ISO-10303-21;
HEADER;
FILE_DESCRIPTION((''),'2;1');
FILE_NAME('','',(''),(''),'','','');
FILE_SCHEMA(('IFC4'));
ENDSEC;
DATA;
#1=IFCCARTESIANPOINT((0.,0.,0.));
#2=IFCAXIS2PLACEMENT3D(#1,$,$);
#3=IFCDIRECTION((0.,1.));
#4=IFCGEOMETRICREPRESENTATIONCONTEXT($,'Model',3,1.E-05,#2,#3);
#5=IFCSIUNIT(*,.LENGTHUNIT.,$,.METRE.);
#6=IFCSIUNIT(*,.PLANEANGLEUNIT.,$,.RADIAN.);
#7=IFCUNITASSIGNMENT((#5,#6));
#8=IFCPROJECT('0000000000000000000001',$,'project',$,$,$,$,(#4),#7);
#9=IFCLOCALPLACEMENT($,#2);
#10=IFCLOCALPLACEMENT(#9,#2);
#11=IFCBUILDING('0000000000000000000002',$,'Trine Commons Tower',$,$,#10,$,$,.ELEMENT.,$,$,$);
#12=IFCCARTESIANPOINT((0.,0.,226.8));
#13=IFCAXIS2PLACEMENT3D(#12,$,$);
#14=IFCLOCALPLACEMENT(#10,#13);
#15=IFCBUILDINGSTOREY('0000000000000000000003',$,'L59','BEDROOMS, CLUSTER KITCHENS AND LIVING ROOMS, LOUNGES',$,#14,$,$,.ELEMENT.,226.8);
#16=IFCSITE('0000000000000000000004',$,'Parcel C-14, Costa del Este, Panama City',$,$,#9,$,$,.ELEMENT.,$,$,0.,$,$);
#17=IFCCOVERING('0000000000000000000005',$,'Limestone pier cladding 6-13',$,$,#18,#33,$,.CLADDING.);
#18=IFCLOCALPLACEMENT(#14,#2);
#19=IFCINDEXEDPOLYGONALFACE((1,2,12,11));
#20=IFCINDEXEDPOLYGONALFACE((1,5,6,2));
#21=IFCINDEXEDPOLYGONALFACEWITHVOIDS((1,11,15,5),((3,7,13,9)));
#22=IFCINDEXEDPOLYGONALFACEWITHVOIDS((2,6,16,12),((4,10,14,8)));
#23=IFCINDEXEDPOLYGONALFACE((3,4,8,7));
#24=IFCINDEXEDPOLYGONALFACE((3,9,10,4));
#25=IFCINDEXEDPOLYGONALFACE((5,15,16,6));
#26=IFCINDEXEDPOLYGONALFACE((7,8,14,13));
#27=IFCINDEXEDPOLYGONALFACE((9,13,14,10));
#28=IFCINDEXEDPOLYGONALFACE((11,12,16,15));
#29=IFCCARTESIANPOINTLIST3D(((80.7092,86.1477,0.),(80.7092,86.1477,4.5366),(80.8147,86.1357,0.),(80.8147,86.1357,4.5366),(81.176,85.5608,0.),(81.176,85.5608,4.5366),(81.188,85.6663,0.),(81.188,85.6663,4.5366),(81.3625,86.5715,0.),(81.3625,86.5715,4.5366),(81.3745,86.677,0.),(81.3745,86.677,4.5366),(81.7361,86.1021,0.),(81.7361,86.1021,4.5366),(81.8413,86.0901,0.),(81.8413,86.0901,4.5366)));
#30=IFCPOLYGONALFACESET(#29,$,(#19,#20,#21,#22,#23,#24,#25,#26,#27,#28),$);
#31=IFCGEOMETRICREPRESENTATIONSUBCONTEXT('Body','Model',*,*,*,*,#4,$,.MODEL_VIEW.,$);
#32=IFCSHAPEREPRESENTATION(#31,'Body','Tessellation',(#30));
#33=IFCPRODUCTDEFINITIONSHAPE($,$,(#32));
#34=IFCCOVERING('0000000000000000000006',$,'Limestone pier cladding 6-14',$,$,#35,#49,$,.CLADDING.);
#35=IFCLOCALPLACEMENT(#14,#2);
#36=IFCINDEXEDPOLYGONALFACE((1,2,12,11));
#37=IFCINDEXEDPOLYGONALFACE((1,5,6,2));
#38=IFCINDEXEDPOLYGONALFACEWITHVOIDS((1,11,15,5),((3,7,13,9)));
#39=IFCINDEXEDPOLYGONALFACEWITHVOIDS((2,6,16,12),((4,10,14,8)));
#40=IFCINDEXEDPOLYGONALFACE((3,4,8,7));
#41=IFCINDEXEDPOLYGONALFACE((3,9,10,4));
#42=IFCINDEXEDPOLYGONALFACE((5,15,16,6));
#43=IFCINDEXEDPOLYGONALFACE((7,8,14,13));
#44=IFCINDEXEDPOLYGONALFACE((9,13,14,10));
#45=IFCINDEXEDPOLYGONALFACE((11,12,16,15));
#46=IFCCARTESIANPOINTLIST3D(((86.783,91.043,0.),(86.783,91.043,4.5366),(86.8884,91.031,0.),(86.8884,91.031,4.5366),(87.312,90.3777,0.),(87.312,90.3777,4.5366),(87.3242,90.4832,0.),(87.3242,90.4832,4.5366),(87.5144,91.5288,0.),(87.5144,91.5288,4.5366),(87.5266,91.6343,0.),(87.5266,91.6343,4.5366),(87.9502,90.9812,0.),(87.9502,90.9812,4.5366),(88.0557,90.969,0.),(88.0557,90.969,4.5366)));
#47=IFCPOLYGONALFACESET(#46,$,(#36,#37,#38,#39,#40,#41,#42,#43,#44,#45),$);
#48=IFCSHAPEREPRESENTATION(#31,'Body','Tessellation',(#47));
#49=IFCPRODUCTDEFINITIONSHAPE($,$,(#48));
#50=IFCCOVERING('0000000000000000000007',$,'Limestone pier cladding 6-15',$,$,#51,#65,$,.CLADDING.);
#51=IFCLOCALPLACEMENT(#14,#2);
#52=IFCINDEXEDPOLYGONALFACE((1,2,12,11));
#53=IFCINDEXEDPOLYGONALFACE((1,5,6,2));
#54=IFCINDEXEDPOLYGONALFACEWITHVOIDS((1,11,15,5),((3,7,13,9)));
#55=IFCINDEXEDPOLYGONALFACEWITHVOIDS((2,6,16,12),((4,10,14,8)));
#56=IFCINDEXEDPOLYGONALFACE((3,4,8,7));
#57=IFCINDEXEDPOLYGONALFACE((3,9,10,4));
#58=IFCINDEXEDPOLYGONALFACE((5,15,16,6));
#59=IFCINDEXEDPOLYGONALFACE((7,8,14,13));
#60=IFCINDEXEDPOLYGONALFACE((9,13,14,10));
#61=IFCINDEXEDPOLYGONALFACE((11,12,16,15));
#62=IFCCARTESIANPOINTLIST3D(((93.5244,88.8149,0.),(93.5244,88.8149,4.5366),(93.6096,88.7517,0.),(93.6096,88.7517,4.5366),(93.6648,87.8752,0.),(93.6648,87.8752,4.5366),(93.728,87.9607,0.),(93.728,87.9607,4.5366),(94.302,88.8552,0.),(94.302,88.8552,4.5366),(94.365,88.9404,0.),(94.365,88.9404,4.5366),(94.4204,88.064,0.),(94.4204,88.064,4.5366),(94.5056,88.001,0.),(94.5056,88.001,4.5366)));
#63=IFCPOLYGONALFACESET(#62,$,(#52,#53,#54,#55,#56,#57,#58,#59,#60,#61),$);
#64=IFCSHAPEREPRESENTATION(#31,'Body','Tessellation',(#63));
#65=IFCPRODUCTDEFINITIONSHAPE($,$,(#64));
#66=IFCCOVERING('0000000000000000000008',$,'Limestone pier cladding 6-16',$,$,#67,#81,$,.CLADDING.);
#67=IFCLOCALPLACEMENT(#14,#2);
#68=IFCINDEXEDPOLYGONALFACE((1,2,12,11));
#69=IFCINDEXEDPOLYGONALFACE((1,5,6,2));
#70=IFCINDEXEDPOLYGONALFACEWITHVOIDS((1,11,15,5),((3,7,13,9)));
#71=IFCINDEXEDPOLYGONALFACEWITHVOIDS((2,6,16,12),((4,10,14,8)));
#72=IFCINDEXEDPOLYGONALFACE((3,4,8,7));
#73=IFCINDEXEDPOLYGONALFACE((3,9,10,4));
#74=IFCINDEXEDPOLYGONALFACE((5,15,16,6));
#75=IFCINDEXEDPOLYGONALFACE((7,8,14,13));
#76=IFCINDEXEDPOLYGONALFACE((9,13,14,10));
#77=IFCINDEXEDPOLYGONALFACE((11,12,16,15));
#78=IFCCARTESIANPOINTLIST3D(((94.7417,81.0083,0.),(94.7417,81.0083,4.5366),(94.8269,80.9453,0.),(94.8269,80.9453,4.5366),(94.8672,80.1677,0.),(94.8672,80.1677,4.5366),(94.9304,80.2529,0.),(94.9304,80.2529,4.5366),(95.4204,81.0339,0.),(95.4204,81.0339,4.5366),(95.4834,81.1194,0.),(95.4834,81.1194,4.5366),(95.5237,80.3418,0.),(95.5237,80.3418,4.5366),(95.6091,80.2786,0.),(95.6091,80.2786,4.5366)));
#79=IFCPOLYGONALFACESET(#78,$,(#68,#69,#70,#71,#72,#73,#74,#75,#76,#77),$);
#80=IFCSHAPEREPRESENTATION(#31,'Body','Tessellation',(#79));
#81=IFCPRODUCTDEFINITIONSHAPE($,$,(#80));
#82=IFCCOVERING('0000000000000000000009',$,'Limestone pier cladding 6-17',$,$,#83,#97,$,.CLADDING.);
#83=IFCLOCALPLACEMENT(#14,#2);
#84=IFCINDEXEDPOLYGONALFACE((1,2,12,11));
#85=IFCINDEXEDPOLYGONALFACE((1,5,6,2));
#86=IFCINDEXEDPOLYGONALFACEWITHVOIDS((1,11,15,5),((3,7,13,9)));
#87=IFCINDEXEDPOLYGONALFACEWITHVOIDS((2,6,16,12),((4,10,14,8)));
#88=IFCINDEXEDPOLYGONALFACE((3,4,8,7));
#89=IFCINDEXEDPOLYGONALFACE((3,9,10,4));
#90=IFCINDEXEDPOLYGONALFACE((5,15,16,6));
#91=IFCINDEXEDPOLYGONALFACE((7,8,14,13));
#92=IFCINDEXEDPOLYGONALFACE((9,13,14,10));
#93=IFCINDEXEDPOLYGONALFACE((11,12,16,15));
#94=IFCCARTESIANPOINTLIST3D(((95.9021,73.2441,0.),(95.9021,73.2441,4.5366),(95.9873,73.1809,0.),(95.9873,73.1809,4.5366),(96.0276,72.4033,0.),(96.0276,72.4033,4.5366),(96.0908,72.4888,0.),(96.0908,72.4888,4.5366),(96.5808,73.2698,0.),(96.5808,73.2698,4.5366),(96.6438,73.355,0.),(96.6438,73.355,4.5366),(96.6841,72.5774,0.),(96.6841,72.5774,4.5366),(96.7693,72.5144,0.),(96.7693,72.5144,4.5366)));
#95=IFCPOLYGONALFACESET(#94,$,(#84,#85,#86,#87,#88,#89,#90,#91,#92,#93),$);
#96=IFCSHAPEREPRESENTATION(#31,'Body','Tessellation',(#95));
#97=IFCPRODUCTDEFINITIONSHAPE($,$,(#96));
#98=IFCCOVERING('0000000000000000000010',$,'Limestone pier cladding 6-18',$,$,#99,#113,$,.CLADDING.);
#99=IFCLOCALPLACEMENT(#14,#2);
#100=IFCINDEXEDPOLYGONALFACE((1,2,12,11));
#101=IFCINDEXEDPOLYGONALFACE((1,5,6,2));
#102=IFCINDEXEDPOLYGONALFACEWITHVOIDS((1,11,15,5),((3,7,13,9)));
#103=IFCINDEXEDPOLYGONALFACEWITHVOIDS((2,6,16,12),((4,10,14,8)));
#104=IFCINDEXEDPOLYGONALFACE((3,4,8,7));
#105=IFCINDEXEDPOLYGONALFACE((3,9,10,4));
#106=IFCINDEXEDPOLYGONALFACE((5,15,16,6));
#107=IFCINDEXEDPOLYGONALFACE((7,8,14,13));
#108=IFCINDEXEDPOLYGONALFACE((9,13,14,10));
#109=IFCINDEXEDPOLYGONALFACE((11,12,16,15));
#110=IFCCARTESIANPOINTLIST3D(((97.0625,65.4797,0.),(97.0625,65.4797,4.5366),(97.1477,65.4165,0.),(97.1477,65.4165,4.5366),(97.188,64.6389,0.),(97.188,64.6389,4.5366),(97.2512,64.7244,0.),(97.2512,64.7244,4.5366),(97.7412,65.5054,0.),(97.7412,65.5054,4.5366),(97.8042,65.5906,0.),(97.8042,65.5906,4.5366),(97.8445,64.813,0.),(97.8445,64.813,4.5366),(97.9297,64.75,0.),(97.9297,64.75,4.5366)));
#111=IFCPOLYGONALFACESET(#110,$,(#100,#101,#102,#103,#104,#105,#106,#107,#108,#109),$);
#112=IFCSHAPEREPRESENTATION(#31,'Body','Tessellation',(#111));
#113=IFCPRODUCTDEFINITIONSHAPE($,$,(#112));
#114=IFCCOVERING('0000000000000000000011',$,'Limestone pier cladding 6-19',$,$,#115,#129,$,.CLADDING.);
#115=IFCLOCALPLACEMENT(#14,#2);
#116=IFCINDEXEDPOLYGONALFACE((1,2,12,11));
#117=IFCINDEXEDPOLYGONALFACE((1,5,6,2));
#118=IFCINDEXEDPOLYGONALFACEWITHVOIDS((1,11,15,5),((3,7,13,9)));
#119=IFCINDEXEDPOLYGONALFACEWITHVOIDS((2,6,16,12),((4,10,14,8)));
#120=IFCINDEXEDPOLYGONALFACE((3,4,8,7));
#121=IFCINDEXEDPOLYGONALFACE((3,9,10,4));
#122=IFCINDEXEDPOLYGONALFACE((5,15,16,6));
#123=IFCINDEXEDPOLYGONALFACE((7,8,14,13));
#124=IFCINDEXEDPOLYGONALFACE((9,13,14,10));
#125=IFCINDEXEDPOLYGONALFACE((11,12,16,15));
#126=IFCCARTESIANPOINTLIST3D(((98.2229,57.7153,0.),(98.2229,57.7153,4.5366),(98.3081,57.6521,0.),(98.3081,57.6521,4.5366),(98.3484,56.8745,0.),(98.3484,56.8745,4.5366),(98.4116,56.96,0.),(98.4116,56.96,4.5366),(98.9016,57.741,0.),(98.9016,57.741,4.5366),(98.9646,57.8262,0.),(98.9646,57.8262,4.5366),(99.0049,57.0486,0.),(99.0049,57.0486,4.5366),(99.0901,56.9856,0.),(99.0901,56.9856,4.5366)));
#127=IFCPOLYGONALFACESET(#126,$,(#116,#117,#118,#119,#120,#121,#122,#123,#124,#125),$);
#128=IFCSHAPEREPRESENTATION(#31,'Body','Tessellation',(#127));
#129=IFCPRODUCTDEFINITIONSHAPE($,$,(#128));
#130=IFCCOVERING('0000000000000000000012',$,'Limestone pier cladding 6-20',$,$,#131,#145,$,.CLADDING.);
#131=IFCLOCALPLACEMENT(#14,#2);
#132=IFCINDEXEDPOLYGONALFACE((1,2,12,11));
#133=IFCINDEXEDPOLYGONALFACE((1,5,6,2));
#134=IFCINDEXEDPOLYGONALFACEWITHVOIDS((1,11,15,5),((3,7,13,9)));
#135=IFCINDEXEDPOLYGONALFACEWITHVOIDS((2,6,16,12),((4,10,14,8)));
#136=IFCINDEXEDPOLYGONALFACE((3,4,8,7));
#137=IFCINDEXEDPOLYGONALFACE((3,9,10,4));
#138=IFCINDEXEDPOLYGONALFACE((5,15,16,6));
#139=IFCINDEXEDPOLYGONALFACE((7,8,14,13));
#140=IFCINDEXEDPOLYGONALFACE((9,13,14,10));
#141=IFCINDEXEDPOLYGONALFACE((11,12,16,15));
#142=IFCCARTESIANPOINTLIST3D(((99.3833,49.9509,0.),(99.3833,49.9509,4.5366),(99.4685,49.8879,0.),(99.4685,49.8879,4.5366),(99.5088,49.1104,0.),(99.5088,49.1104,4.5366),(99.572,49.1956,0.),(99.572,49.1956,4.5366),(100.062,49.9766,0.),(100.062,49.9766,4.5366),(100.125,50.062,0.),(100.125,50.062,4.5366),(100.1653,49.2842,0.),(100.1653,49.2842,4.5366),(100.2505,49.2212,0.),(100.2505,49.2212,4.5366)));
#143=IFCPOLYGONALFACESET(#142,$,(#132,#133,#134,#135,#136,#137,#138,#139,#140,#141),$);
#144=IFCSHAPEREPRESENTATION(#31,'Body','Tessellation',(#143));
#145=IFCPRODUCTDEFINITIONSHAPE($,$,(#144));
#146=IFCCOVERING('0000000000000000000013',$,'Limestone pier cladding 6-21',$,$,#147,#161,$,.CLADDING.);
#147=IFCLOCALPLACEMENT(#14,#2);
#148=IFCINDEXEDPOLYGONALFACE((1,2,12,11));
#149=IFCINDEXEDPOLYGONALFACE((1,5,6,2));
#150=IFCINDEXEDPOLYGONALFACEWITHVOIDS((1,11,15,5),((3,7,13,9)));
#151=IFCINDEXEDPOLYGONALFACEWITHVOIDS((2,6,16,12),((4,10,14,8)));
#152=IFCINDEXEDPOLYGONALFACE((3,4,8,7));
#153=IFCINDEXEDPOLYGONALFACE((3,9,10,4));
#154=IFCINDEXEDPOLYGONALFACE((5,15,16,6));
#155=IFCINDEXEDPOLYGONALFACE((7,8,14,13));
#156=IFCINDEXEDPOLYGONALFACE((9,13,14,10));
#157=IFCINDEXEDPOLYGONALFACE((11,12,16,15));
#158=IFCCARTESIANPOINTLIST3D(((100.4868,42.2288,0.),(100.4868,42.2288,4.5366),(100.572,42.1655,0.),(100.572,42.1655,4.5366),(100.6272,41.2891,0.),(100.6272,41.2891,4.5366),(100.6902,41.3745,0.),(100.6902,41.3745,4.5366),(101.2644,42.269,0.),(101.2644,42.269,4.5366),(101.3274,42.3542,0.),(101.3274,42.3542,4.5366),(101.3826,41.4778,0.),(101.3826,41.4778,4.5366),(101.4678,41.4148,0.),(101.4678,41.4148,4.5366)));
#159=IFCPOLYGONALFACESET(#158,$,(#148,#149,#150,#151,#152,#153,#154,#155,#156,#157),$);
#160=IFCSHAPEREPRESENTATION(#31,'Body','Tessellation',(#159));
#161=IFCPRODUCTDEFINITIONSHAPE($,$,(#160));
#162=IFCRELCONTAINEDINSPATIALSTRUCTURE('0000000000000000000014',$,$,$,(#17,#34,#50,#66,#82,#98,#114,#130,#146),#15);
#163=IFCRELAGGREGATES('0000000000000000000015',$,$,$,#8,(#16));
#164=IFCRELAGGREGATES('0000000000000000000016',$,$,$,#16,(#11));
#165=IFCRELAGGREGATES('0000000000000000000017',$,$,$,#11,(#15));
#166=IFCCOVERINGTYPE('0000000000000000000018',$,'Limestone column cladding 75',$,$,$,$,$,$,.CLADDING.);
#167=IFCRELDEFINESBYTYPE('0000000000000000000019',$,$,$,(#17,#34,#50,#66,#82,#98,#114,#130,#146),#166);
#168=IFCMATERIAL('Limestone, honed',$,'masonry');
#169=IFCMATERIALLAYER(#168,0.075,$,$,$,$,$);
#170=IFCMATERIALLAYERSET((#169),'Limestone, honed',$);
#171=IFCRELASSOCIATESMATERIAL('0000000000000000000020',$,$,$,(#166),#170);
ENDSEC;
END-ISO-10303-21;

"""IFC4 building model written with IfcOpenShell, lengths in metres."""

from ifc_helpers import new_model, si_unit, direction, frame, origin, place, context, subcontext, project, spatial, polyline, outline, extrude, material, layer, layer_set, type_object, element, save


model = new_model("IFC4")

# Units and contexts
model_context = context("Model", 3, precision=1e-05, world=origin(), true_north=direction((0.0, 1.0)))
body_context = subcontext(model_context, "Body", "Model", "MODEL_VIEW")
ifc_project = project(units=[si_unit("LENGTHUNIT", "METRE"), si_unit("PLANEANGLEUNIT", "RADIAN")], contexts=[model_context])

# Site, building, storey
site_placement = place(None, origin())
site = spatial("IfcSite", under=ifc_project, at=site_placement, Name="Parcel C-14, Costa del Este, Panama City", CompositionType="ELEMENT", RefElevation=0.0)
building_placement = place(site_placement, origin())
building = spatial("IfcBuilding", under=site, at=building_placement, Name="Trine Commons Tower", CompositionType="ELEMENT")
storey_placement = place(building_placement, frame((0.0, 0.0, 226.8)))
storey = spatial("IfcBuildingStorey", under=building, at=storey_placement, Name="L59", Description="BEDROOMS, CLUSTER KITCHENS AND LIVING ROOMS, LOUNGES", CompositionType="ELEMENT", Elevation=226.8)

# Coverings
ifc_material_1 = material(Name="Limestone, honed", Category="masonry")
ifc_layer_1 = layer(ifc_material_1, 0.075)
ifc_layer_set_1 = layer_set([ifc_layer_1], Name="Limestone, honed")
covering_type_1 = type_object("IfcCoveringType", Name="Limestone column cladding 75", PredefinedType="CLADDING", material=ifc_layer_set_1)
covering_1_placement = place(storey_placement, origin())
element("IfcCovering", 1, at=covering_1_placement, inside=storey, type_object=covering_type_1, Name="Limestone pier cladding 6-13", PredefinedType="CLADDING", context=body_context, shape_type="SweptSolid", body=[
    extrude(outline(polyline([(81.8413, 86.0901), (81.3745, 86.677), (80.7092, 86.1477), (81.176, 85.5608), (81.8413, 86.0901)]), holes=[polyline([(81.7361, 86.1021), (81.3625, 86.5715), (80.8147, 86.1357), (81.188, 85.6663), (81.7361, 86.1021)])]), origin(), (0.0, 0.0, 1.0), 4.5366),
])
covering_2_placement = place(storey_placement, origin())
element("IfcCovering", 2, at=covering_2_placement, inside=storey, type_object=covering_type_1, Name="Limestone pier cladding 6-14", PredefinedType="CLADDING", context=body_context, shape_type="SweptSolid", body=[
    extrude(outline(polyline([(88.0557, 90.969), (87.5266, 91.6343), (86.783, 91.043), (87.312, 90.3777), (88.0557, 90.969)]), holes=[polyline([(87.9502, 90.9812), (87.5144, 91.5288), (86.8884, 91.031), (87.3242, 90.4832), (87.9502, 90.9812)])]), origin(), (0.0, 0.0, 1.0), 4.5366),
])
covering_3_placement = place(storey_placement, origin())
element("IfcCovering", 3, at=covering_3_placement, inside=storey, type_object=covering_type_1, Name="Limestone pier cladding 6-15", PredefinedType="CLADDING", context=body_context, shape_type="SweptSolid", body=[
    extrude(outline(polyline([(94.365, 88.9404), (93.5244, 88.8149), (93.6648, 87.8752), (94.5056, 88.001), (94.365, 88.9404)]), holes=[polyline([(94.302, 88.8552), (93.6096, 88.7517), (93.728, 87.9607), (94.4204, 88.064), (94.302, 88.8552)])]), origin(), (0.0, 0.0, 1.0), 4.5366),
])
covering_4_placement = place(storey_placement, origin())
element("IfcCovering", 4, at=covering_4_placement, inside=storey, type_object=covering_type_1, Name="Limestone pier cladding 6-16", PredefinedType="CLADDING", context=body_context, shape_type="SweptSolid", body=[
    extrude(outline(polyline([(95.4834, 81.1194), (94.7417, 81.0083), (94.8672, 80.1677), (95.6091, 80.2786), (95.4834, 81.1194)]), holes=[polyline([(95.4204, 81.0339), (94.8269, 80.9453), (94.9304, 80.2529), (95.5237, 80.3418), (95.4204, 81.0339)])]), origin(), (0.0, 0.0, 1.0), 4.5366),
])
covering_5_placement = place(storey_placement, origin())
element("IfcCovering", 5, at=covering_5_placement, inside=storey, type_object=covering_type_1, Name="Limestone pier cladding 6-17", PredefinedType="CLADDING", context=body_context, shape_type="SweptSolid", body=[
    extrude(outline(polyline([(96.6438, 73.355), (95.9021, 73.2441), (96.0276, 72.4033), (96.7693, 72.5144), (96.6438, 73.355)]), holes=[polyline([(96.5808, 73.2698), (95.9873, 73.1809), (96.0908, 72.4888), (96.6841, 72.5774), (96.5808, 73.2698)])]), origin(), (0.0, 0.0, 1.0), 4.5366),
])
covering_6_placement = place(storey_placement, origin())
element("IfcCovering", 6, at=covering_6_placement, inside=storey, type_object=covering_type_1, Name="Limestone pier cladding 6-18", PredefinedType="CLADDING", context=body_context, shape_type="SweptSolid", body=[
    extrude(outline(polyline([(97.8042, 65.5906), (97.0625, 65.4797), (97.188, 64.6389), (97.9297, 64.75), (97.8042, 65.5906)]), holes=[polyline([(97.7412, 65.5054), (97.1477, 65.4165), (97.2512, 64.7244), (97.8445, 64.813), (97.7412, 65.5054)])]), origin(), (0.0, 0.0, 1.0), 4.5366),
])
covering_7_placement = place(storey_placement, origin())
element("IfcCovering", 7, at=covering_7_placement, inside=storey, type_object=covering_type_1, Name="Limestone pier cladding 6-19", PredefinedType="CLADDING", context=body_context, shape_type="SweptSolid", body=[
    extrude(outline(polyline([(98.9646, 57.8262), (98.2229, 57.7153), (98.3484, 56.8745), (99.0901, 56.9856), (98.9646, 57.8262)]), holes=[polyline([(98.9016, 57.741), (98.3081, 57.6521), (98.4116, 56.96), (99.0049, 57.0486), (98.9016, 57.741)])]), origin(), (0.0, 0.0, 1.0), 4.5366),
])
covering_8_placement = place(storey_placement, origin())
element("IfcCovering", 8, at=covering_8_placement, inside=storey, type_object=covering_type_1, Name="Limestone pier cladding 6-20", PredefinedType="CLADDING", context=body_context, shape_type="SweptSolid", body=[
    extrude(outline(polyline([(100.125, 50.062), (99.3833, 49.9509), (99.5088, 49.1104), (100.2505, 49.2212), (100.125, 50.062)]), holes=[polyline([(100.062, 49.9766), (99.4685, 49.8879), (99.572, 49.1956), (100.1653, 49.2842), (100.062, 49.9766)])]), origin(), (0.0, 0.0, 1.0), 4.5366),
])
covering_9_placement = place(storey_placement, origin())
element("IfcCovering", 9, at=covering_9_placement, inside=storey, type_object=covering_type_1, Name="Limestone pier cladding 6-21", PredefinedType="CLADDING", context=body_context, shape_type="SweptSolid", body=[
    extrude(outline(polyline([(101.3274, 42.3542), (100.4868, 42.2288), (100.6272, 41.2891), (101.4678, 41.4148), (101.3274, 42.3542)]), holes=[polyline([(101.2644, 42.269), (100.572, 42.1655), (100.6902, 41.3745), (101.3826, 41.4778), (101.2644, 42.269)])]), origin(), (0.0, 0.0, 1.0), 4.5366),
])

save(model, "model.ifc")
